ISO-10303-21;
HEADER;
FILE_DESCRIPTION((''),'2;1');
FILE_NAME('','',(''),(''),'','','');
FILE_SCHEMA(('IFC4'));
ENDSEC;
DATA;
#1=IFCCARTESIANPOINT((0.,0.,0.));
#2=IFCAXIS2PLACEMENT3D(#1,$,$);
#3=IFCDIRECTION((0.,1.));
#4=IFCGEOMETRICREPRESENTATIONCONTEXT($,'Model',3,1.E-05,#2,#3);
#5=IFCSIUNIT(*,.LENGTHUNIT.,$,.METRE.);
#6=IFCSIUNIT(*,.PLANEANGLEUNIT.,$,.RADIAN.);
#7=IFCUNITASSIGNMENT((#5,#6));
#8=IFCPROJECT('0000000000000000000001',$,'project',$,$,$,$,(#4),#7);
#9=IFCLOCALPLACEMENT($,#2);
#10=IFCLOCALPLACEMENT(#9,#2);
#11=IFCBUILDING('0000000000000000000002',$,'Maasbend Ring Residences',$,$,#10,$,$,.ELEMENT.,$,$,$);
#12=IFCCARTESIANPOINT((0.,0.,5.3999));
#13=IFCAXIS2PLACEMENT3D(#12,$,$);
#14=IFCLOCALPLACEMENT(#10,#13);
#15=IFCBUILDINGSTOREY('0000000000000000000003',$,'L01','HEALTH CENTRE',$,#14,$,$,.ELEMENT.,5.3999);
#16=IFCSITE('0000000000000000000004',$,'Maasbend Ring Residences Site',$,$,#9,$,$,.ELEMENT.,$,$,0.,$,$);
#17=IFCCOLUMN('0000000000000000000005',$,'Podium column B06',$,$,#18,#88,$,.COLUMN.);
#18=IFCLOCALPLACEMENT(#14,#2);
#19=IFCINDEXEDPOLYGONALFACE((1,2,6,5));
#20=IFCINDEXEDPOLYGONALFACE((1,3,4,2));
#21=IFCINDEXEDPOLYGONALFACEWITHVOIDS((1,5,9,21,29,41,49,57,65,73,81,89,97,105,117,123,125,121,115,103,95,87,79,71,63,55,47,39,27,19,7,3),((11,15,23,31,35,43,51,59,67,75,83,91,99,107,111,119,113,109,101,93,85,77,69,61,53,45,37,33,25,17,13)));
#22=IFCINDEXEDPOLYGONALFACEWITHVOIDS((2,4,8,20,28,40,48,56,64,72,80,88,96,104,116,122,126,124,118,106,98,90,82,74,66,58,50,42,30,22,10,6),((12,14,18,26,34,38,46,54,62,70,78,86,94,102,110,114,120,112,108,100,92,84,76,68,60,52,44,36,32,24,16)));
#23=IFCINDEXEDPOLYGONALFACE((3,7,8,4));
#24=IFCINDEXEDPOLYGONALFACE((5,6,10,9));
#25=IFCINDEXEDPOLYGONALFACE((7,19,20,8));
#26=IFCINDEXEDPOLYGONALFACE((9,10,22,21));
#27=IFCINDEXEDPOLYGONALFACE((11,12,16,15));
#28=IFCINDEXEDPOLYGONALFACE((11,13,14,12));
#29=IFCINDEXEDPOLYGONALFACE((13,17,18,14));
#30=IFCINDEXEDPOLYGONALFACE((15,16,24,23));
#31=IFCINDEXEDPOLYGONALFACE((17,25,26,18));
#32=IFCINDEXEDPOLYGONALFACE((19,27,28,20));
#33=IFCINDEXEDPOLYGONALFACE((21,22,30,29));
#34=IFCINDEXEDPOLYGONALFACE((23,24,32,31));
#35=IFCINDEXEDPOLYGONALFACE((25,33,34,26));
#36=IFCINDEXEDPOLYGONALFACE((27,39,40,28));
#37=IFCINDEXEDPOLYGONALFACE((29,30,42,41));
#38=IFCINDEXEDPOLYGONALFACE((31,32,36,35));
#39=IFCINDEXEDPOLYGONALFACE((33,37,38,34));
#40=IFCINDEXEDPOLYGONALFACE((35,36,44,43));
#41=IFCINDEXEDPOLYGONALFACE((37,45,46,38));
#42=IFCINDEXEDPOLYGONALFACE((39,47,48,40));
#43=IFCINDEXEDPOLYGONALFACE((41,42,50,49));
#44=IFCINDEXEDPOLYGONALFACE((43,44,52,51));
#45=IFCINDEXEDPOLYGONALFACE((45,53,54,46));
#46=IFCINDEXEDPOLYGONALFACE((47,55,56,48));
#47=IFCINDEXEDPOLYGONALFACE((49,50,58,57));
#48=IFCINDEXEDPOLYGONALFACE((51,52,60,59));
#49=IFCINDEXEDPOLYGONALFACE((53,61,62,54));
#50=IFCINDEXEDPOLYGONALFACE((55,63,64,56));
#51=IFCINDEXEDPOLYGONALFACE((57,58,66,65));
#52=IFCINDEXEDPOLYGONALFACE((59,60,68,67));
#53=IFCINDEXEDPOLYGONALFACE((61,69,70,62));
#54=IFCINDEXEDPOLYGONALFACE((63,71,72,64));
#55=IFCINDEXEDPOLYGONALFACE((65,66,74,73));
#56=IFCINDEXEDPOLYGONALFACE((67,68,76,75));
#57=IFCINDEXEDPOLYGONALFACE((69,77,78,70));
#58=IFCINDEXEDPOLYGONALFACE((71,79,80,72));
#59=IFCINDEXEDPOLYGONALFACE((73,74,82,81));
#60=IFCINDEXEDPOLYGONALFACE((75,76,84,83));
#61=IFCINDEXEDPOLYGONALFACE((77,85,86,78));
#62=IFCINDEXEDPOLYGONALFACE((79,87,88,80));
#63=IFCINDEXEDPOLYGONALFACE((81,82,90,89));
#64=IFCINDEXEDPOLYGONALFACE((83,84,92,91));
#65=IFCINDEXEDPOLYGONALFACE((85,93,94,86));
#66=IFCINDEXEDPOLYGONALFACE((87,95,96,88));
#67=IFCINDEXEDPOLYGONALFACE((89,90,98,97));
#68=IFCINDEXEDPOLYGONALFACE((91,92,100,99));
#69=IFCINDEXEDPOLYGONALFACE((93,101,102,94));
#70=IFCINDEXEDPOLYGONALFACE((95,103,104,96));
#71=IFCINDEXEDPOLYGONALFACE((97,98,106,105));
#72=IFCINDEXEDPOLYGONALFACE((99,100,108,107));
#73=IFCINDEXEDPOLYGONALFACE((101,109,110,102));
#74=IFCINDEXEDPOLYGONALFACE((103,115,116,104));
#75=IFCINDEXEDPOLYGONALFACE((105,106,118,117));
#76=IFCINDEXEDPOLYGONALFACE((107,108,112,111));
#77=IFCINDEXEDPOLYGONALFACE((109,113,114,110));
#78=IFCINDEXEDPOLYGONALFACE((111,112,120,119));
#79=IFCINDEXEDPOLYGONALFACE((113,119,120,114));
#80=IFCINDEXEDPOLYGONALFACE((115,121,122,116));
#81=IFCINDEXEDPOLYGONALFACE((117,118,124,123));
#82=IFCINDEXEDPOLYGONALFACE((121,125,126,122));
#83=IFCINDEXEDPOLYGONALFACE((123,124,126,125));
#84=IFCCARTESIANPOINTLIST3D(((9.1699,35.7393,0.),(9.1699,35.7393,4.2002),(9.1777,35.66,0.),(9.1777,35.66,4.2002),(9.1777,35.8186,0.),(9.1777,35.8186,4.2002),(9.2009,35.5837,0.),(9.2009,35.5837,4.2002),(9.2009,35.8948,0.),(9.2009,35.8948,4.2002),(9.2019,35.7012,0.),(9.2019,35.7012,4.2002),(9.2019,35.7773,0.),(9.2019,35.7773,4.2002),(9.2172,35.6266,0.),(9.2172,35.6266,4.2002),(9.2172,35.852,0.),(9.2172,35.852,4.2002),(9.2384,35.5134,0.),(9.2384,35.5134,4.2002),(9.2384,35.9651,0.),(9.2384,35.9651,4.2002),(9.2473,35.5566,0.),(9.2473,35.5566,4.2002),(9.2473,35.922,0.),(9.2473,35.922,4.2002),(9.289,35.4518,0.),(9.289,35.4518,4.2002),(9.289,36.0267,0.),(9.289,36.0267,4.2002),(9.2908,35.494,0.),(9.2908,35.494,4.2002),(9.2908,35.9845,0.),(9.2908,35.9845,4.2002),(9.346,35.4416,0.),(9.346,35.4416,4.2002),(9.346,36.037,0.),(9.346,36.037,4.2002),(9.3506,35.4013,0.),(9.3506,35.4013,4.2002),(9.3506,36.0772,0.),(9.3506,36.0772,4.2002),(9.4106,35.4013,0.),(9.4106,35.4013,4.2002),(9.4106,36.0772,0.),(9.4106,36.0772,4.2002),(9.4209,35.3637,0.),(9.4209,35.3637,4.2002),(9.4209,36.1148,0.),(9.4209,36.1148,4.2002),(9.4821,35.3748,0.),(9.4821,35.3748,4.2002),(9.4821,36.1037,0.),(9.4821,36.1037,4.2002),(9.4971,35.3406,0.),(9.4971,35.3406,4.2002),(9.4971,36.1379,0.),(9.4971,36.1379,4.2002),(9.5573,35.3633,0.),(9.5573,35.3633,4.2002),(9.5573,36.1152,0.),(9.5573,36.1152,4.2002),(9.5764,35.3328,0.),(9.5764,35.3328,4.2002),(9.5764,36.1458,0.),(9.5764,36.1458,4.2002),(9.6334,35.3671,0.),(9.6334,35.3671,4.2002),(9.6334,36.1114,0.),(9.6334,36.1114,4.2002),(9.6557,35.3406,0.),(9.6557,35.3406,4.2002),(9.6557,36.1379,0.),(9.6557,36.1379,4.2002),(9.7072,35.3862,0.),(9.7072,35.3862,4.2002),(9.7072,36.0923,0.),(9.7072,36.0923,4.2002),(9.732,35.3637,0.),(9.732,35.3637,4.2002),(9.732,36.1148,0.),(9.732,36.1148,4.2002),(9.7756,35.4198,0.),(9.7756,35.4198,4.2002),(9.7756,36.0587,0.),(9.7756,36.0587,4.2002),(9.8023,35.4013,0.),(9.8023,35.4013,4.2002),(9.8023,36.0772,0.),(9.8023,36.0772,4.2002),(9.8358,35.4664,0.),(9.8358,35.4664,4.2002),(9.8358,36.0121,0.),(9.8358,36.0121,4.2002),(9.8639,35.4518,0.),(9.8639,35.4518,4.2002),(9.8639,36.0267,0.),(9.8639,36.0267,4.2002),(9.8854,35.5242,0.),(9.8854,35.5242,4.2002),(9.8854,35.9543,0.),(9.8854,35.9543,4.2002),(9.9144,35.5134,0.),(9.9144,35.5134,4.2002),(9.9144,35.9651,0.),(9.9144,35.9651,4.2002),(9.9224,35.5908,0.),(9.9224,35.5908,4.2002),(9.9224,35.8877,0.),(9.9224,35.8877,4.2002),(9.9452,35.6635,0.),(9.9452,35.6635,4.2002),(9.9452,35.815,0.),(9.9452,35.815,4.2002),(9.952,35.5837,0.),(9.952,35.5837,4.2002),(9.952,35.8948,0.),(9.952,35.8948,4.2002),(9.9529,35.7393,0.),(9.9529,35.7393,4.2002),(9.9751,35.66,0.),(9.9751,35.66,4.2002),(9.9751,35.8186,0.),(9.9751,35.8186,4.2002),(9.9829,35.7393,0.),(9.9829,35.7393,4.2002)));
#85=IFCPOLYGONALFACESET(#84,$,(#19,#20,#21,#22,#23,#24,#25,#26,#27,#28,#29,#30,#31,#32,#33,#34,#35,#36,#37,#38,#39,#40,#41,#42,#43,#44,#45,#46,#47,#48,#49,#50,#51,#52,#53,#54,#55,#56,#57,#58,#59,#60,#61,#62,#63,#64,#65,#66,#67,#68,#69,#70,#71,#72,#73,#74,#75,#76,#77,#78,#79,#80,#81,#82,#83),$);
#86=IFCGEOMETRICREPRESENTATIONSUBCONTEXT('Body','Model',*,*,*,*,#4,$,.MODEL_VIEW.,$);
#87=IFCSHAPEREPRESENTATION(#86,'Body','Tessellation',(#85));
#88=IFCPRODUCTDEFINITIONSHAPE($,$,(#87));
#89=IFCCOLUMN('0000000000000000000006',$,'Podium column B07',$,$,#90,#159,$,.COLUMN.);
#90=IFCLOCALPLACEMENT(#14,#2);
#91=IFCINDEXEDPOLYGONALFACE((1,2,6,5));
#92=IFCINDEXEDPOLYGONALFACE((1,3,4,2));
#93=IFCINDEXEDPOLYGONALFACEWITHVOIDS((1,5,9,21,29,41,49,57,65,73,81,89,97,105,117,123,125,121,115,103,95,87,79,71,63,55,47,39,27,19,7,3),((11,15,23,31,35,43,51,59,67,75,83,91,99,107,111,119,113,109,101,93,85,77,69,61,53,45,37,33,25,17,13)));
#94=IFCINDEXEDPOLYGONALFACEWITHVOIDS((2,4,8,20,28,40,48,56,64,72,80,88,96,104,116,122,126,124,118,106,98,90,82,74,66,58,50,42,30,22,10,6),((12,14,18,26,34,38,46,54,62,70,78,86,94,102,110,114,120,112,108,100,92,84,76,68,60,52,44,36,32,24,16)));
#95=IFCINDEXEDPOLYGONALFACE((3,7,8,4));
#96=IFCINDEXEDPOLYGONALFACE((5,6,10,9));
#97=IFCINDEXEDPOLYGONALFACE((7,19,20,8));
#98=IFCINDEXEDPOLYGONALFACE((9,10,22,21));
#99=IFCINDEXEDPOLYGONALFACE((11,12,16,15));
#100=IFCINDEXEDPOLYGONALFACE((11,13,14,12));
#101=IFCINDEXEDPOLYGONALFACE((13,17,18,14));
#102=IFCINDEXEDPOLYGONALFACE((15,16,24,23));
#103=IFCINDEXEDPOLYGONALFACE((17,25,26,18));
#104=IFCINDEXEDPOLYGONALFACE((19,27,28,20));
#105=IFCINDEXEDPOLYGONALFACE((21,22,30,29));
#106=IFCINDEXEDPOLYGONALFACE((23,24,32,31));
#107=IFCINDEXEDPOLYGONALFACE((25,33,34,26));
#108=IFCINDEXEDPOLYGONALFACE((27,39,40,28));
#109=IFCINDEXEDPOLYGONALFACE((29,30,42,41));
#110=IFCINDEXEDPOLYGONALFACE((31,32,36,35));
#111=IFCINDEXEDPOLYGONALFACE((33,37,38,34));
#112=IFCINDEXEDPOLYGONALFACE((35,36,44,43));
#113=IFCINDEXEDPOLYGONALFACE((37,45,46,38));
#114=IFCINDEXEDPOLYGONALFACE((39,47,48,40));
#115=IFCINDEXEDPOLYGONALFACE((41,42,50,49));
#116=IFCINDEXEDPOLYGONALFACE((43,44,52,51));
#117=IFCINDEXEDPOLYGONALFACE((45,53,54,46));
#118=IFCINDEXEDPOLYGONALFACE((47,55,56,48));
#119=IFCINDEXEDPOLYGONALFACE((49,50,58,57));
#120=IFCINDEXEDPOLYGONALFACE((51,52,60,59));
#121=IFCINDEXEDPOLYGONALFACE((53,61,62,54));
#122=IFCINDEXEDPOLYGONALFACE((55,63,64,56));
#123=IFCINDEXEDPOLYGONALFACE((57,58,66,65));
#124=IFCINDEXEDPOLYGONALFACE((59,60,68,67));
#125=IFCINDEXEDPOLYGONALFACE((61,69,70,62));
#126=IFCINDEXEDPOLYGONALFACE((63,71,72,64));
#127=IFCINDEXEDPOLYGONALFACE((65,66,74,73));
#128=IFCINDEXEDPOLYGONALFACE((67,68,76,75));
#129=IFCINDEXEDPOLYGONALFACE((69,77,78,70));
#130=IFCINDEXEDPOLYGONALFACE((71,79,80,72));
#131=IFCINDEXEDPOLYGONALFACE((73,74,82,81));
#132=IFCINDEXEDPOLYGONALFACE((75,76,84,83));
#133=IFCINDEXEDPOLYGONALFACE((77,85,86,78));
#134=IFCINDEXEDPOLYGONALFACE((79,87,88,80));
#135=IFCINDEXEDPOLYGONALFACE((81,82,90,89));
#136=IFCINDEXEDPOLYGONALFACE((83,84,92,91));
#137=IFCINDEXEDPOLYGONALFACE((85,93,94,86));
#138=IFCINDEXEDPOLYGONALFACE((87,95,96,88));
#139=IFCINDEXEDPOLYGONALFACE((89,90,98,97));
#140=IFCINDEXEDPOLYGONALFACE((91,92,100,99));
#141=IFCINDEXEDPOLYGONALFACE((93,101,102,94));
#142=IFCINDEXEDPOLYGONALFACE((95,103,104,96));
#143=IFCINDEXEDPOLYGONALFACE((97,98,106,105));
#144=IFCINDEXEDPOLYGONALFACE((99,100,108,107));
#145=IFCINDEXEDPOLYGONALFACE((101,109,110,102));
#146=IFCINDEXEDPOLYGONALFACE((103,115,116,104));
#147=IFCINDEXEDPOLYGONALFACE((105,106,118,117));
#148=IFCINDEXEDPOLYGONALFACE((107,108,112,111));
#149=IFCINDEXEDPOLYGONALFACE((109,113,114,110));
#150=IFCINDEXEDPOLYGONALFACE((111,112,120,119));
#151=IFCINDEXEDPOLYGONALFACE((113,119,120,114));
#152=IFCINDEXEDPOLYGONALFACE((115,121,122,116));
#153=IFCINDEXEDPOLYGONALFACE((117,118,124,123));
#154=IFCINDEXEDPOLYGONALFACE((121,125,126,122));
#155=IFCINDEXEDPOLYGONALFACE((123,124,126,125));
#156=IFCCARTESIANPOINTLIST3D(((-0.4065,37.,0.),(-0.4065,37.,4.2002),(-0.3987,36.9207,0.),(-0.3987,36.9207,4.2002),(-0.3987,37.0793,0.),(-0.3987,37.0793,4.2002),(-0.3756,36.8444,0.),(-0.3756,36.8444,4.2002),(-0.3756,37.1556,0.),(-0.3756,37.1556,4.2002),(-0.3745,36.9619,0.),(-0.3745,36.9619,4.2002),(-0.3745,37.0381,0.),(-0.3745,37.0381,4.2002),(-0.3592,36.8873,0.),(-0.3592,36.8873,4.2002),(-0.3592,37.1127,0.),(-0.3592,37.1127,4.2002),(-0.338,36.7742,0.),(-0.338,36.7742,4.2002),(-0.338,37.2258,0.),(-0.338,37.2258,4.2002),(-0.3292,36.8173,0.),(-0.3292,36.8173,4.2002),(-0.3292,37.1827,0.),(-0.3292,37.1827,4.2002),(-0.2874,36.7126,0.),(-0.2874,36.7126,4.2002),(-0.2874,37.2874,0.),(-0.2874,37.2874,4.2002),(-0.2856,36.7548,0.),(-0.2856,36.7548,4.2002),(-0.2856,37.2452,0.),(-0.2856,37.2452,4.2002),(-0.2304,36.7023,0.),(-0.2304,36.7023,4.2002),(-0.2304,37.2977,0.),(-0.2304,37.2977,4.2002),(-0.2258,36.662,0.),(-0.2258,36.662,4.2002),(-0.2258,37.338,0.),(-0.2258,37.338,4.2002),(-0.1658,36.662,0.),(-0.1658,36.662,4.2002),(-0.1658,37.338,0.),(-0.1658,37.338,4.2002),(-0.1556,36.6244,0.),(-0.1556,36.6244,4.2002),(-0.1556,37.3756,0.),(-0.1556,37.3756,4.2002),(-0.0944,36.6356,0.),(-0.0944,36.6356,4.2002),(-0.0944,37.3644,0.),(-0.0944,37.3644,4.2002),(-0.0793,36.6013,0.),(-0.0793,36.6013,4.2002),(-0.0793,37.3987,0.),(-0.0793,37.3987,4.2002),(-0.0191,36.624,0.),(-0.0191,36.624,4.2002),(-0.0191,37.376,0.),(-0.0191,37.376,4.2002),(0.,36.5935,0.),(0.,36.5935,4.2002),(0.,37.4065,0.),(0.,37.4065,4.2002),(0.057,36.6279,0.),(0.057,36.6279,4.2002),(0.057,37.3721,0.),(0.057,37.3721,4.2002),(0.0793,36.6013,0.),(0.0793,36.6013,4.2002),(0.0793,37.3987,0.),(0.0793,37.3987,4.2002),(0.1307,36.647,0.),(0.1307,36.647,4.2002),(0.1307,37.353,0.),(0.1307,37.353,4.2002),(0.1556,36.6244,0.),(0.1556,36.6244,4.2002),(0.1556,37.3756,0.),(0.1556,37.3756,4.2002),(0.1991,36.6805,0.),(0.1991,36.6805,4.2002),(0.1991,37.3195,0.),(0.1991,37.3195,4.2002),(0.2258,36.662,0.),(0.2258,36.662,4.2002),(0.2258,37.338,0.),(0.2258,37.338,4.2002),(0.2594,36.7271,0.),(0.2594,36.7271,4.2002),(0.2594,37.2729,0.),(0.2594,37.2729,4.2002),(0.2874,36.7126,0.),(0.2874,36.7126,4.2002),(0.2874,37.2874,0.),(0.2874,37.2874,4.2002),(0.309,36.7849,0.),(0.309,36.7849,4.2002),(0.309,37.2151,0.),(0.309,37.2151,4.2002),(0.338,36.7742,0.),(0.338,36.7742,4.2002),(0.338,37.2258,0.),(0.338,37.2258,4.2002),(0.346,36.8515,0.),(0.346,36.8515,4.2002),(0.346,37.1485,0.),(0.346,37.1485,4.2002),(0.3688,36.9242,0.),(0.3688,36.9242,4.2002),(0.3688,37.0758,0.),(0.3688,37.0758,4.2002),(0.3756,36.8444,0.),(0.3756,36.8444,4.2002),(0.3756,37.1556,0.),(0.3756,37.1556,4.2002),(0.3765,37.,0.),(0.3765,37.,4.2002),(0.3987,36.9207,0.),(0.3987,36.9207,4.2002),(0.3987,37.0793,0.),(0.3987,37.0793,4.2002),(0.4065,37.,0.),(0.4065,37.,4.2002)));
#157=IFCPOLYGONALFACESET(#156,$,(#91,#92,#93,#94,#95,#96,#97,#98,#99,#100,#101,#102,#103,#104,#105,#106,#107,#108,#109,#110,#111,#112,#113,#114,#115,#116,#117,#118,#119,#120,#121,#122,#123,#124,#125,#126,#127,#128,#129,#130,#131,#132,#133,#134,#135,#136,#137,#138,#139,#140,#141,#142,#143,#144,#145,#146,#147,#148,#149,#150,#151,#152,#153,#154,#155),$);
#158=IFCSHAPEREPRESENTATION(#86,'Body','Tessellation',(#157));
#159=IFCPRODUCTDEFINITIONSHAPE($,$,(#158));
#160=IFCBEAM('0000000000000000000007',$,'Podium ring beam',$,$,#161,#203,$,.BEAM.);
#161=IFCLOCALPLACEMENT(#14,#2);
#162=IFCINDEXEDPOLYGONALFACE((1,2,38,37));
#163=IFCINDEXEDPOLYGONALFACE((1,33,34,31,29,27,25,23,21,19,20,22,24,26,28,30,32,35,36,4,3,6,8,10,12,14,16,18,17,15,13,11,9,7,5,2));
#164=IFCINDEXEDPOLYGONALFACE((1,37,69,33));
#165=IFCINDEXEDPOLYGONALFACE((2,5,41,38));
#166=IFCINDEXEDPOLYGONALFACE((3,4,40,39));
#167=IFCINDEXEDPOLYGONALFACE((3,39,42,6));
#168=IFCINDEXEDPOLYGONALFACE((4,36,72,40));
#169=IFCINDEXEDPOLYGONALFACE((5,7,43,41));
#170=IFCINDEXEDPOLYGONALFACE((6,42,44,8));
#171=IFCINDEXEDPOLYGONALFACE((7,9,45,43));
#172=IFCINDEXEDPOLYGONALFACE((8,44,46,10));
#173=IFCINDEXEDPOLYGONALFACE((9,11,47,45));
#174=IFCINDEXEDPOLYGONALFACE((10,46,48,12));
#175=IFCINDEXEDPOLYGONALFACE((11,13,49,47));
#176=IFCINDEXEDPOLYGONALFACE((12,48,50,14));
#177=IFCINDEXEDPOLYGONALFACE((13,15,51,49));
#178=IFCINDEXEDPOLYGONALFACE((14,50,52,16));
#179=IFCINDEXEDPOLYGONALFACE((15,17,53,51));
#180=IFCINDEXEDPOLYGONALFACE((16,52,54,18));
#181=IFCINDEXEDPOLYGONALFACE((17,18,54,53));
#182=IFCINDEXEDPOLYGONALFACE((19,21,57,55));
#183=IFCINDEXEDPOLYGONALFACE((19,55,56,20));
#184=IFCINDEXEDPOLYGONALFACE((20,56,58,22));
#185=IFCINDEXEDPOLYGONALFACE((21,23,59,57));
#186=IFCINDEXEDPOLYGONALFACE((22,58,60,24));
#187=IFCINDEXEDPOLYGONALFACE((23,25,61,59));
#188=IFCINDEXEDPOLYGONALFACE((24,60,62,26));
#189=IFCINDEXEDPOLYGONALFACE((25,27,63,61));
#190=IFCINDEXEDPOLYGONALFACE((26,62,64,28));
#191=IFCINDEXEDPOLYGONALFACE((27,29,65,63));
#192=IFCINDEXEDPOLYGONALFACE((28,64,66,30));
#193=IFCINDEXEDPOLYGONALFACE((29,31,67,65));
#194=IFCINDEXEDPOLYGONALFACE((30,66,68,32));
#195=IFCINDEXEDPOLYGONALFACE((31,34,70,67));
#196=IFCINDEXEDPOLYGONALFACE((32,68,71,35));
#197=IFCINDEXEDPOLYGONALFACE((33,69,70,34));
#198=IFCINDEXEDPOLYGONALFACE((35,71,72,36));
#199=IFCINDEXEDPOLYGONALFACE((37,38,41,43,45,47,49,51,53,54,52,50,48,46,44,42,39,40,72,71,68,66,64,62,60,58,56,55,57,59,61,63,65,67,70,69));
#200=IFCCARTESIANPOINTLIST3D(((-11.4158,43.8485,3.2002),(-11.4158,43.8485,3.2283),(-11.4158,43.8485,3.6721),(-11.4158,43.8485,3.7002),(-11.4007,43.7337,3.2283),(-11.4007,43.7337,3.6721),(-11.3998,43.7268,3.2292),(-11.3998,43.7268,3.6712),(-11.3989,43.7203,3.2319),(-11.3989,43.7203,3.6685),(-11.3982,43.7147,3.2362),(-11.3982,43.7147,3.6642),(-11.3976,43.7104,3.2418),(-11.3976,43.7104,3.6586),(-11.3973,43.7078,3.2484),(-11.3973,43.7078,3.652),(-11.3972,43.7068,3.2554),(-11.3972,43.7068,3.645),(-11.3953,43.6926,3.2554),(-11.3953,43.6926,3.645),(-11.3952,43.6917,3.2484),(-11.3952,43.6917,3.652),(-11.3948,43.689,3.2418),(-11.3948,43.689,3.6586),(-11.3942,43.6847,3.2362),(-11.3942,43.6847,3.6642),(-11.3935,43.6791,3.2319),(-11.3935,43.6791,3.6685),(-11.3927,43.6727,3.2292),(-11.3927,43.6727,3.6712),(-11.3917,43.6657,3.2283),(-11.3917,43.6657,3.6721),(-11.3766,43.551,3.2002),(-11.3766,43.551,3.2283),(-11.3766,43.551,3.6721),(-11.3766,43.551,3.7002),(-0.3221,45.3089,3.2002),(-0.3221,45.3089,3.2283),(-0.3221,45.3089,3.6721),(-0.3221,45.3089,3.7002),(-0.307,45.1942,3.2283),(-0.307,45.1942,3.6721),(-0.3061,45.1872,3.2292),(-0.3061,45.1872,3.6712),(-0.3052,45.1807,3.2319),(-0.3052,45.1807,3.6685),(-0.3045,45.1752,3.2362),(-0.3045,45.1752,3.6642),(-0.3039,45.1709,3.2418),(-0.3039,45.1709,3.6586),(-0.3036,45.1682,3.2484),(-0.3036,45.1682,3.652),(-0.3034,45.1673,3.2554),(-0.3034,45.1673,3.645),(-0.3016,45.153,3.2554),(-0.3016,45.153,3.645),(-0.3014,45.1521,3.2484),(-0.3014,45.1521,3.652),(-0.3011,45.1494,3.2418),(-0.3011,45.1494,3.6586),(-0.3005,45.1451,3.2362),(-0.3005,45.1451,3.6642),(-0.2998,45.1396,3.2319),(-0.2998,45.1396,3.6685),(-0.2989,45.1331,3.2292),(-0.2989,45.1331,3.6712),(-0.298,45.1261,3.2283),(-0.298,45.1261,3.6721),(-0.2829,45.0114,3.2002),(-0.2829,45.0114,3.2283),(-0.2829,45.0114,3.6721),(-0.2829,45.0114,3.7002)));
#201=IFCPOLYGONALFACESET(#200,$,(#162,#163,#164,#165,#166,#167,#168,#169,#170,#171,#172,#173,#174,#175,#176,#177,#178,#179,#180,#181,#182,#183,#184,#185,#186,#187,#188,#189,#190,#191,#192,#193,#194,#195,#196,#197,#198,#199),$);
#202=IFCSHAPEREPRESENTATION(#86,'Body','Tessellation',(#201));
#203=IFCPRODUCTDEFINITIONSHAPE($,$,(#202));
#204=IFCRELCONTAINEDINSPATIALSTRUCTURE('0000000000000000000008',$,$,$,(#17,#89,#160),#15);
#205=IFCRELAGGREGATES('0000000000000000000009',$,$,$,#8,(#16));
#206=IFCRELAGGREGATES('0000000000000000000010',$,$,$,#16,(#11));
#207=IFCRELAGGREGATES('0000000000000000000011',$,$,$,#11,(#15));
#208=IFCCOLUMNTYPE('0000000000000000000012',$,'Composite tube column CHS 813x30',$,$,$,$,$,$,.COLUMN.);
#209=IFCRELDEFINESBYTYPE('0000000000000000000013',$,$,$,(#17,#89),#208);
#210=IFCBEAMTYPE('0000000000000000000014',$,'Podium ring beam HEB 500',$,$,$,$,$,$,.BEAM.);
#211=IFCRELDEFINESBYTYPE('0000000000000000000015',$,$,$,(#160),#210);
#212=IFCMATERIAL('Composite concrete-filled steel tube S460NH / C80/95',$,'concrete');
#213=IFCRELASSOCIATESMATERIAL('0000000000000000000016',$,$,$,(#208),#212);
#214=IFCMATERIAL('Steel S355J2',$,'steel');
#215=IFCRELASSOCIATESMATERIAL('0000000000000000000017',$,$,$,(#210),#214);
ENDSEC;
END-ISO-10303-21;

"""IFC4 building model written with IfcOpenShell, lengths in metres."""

from ifc_helpers import new_model, si_unit, direction, frame, origin, origin_2d, place, context, subcontext, project, spatial, hollow_circle, i_section, extrude, material, material_profile, profile_set, type_object, element, save


model = new_model("IFC4")

# Units and contexts
model_context = context("Model", 3, precision=1e-05, world=origin(), true_north=direction((0.0, 1.0)))
body_context = subcontext(model_context, "Body", "Model", "MODEL_VIEW")
ifc_project = project(units=[si_unit("LENGTHUNIT", "METRE"), si_unit("PLANEANGLEUNIT", "RADIAN")], contexts=[model_context])

# Site, building, storey
site_placement = place(None, origin())
site = spatial("IfcSite", under=ifc_project, at=site_placement, Name="Maasbend Ring Residences Site", CompositionType="ELEMENT", RefElevation=0.0)
building_placement = place(site_placement, origin())
building = spatial("IfcBuilding", under=site, at=building_placement, Name="Maasbend Ring Residences", CompositionType="ELEMENT")
storey_placement = place(building_placement, frame((0.0, 0.0, 5.3999)))
storey = spatial("IfcBuildingStorey", under=building, at=storey_placement, Name="L01", Description="HEALTH CENTRE", CompositionType="ELEMENT", Elevation=5.3999)

# Columns
ifc_material_1 = material(Name="Composite concrete-filled steel tube S460NH / C80/95", Category="concrete")
ifc_material_profile_1 = material_profile(ifc_material_1, hollow_circle(Radius=0.4065, WallThickness=0.03, at=origin_2d()), Name="Composite tube column CHS 813x30")
ifc_profile_set_1 = profile_set([ifc_material_profile_1], Name="Composite concrete-filled steel tube S460NH / C80/95")
column_type_1 = type_object("IfcColumnType", Name="Composite tube column CHS 813x30", PredefinedType="COLUMN", material=ifc_profile_set_1)
for number, where, z_axis, x_axis, name in (
    (1, (9.5764, 35.7393, 0.0), (0.0, 0.0, 1.0), (1.0, 0.0, 0.0), "Podium column B06"),
    (2, (0.0, 37.0, 0.0), (0.0, 0.0, 1.0), (1.0, 0.0, 0.0), "Podium column B07"),
):
    element("IfcColumn", number, at=place(storey_placement, frame(where, z_axis=z_axis, x_axis=x_axis)), inside=storey, type_object=column_type_1, Name=name, PredefinedType="COLUMN", context=body_context, shape_type="SweptSolid", body=[
        extrude(hollow_circle(Radius=0.4065, WallThickness=0.03, at=origin_2d()), origin(), (0.0, 0.0, 1.0), 4.2002),
    ])

# Beam
ifc_material_2 = material(Name="Steel S355J2", Category="steel")
ifc_material_profile_2 = material_profile(ifc_material_2, i_section(OverallWidth=0.3, OverallDepth=0.5, WebThickness=0.0144, FlangeThickness=0.0281, FilletRadius=0.0271, at=origin_2d()), Name="HEB 500")
ifc_profile_set_2 = profile_set([ifc_material_profile_2], Name="Steel S355J2")
beam_type_1 = type_object("IfcBeamType", Name="Podium ring beam HEB 500", PredefinedType="BEAM", material=ifc_profile_set_2)
beam_placement = place(storey_placement, frame((-0.3025, 45.1602, 3.4502), z_axis=(-0.991446, -0.13052, 0.0), x_axis=(0.13052, -0.991446, 0.0)))
element("IfcBeam", 3, at=beam_placement, inside=storey, type_object=beam_type_1, Name="Podium ring beam", PredefinedType="BEAM", context=body_context, shape_type="SweptSolid", body=[
    extrude(i_section(OverallWidth=0.3, OverallDepth=0.5, WebThickness=0.0144, FlangeThickness=0.0281, FilletRadius=0.0271, at=origin_2d()), origin(), (0.0, 0.0, 1.0), 11.1895),
])

save(model, "model.ifc")
